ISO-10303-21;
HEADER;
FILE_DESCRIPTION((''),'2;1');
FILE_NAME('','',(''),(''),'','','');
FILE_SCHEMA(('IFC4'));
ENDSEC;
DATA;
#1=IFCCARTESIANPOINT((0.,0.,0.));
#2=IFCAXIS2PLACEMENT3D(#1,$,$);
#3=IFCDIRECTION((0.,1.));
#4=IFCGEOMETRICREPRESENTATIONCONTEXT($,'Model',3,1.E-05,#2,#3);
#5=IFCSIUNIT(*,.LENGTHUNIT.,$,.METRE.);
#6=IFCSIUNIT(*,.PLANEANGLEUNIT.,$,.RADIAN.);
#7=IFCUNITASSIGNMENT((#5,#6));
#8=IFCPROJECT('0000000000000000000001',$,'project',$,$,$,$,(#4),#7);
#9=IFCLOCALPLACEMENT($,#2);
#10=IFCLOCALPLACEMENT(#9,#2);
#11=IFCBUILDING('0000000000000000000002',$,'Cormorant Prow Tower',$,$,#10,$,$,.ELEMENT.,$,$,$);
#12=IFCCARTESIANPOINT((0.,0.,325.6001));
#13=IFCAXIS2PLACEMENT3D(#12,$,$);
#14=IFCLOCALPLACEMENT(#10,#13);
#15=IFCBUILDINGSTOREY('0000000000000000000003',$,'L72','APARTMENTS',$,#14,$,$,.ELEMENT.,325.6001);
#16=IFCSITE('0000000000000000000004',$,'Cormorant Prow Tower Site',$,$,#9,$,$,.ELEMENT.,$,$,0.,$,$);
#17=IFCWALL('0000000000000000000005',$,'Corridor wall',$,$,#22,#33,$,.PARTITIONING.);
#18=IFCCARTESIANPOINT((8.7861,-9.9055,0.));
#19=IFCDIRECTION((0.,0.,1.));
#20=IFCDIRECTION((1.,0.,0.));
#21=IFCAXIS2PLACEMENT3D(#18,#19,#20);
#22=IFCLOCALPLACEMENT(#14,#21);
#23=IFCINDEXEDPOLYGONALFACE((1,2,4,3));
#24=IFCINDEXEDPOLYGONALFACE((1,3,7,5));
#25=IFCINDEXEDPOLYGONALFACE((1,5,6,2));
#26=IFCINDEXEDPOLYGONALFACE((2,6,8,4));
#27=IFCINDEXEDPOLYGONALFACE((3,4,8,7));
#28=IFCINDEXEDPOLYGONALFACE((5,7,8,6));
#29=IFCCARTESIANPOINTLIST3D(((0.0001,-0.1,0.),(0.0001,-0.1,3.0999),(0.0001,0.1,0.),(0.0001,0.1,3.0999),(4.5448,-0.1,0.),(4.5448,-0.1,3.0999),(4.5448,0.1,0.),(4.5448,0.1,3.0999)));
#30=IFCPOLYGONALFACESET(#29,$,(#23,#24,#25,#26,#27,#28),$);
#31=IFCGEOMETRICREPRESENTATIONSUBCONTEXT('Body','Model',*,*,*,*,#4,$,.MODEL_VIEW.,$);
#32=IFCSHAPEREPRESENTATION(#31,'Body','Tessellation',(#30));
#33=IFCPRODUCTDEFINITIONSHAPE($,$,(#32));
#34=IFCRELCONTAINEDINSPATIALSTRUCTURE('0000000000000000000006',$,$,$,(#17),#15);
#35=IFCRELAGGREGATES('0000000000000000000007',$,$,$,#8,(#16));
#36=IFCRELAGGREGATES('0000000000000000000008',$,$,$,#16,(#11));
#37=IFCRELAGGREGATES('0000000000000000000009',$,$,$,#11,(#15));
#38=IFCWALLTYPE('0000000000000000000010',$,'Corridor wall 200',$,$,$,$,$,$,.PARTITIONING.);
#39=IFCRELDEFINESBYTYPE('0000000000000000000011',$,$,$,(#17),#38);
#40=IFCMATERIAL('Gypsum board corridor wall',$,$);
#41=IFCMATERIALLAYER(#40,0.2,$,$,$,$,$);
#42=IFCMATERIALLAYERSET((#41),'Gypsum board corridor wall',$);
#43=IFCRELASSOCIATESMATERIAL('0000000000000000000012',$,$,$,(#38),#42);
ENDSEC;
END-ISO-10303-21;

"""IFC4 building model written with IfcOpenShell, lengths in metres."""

from ifc_helpers import new_model, si_unit, direction, frame, frame_2d, origin, place, context, subcontext, project, spatial, rectangle, extrude, material, layer, layer_set, type_object, element, save


model = new_model("IFC4")

# Units and contexts
model_context = context("Model", 3, precision=1e-05, world=origin(), true_north=direction((0.0, 1.0)))
body_context = subcontext(model_context, "Body", "Model", "MODEL_VIEW")
ifc_project = project(units=[si_unit("LENGTHUNIT", "METRE"), si_unit("PLANEANGLEUNIT", "RADIAN")], contexts=[model_context])

# Site, building, storey
site_placement = place(None, origin())
site = spatial("IfcSite", under=ifc_project, at=site_placement, Name="Cormorant Prow Tower Site", CompositionType="ELEMENT", RefElevation=0.0)
building_placement = place(site_placement, origin())
building = spatial("IfcBuilding", under=site, at=building_placement, Name="Cormorant Prow Tower", CompositionType="ELEMENT")
storey_placement = place(building_placement, frame((0.0, 0.0, 325.6001)))
storey = spatial("IfcBuildingStorey", under=building, at=storey_placement, Name="L72", Description="APARTMENTS", CompositionType="ELEMENT", Elevation=325.6001)

# Wall
ifc_material_1 = material(Name="Gypsum board corridor wall")
ifc_layer_1 = layer(ifc_material_1, 0.2)
ifc_layer_set_1 = layer_set([ifc_layer_1], Name="Gypsum board corridor wall")
wall_type_1 = type_object("IfcWallType", Name="Corridor wall 200", PredefinedType="PARTITIONING", material=ifc_layer_set_1)
wall_1_placement = place(storey_placement, frame((8.7861, -9.9055, 0.0), z_axis=(0.0, 0.0, 1.0), x_axis=(1.0, 0.0, 0.0)))
element("IfcWall", 1, at=wall_1_placement, inside=storey, type_object=wall_type_1, Name="Corridor wall", PredefinedType="PARTITIONING", context=body_context, shape_type="SweptSolid", body=[
    extrude(rectangle(XDim=4.5447, YDim=0.2, at=frame_2d((2.2725, 0.0))), origin(), (0.0, 0.0, 1.0), 3.0999),
])

save(model, "model.ifc")
